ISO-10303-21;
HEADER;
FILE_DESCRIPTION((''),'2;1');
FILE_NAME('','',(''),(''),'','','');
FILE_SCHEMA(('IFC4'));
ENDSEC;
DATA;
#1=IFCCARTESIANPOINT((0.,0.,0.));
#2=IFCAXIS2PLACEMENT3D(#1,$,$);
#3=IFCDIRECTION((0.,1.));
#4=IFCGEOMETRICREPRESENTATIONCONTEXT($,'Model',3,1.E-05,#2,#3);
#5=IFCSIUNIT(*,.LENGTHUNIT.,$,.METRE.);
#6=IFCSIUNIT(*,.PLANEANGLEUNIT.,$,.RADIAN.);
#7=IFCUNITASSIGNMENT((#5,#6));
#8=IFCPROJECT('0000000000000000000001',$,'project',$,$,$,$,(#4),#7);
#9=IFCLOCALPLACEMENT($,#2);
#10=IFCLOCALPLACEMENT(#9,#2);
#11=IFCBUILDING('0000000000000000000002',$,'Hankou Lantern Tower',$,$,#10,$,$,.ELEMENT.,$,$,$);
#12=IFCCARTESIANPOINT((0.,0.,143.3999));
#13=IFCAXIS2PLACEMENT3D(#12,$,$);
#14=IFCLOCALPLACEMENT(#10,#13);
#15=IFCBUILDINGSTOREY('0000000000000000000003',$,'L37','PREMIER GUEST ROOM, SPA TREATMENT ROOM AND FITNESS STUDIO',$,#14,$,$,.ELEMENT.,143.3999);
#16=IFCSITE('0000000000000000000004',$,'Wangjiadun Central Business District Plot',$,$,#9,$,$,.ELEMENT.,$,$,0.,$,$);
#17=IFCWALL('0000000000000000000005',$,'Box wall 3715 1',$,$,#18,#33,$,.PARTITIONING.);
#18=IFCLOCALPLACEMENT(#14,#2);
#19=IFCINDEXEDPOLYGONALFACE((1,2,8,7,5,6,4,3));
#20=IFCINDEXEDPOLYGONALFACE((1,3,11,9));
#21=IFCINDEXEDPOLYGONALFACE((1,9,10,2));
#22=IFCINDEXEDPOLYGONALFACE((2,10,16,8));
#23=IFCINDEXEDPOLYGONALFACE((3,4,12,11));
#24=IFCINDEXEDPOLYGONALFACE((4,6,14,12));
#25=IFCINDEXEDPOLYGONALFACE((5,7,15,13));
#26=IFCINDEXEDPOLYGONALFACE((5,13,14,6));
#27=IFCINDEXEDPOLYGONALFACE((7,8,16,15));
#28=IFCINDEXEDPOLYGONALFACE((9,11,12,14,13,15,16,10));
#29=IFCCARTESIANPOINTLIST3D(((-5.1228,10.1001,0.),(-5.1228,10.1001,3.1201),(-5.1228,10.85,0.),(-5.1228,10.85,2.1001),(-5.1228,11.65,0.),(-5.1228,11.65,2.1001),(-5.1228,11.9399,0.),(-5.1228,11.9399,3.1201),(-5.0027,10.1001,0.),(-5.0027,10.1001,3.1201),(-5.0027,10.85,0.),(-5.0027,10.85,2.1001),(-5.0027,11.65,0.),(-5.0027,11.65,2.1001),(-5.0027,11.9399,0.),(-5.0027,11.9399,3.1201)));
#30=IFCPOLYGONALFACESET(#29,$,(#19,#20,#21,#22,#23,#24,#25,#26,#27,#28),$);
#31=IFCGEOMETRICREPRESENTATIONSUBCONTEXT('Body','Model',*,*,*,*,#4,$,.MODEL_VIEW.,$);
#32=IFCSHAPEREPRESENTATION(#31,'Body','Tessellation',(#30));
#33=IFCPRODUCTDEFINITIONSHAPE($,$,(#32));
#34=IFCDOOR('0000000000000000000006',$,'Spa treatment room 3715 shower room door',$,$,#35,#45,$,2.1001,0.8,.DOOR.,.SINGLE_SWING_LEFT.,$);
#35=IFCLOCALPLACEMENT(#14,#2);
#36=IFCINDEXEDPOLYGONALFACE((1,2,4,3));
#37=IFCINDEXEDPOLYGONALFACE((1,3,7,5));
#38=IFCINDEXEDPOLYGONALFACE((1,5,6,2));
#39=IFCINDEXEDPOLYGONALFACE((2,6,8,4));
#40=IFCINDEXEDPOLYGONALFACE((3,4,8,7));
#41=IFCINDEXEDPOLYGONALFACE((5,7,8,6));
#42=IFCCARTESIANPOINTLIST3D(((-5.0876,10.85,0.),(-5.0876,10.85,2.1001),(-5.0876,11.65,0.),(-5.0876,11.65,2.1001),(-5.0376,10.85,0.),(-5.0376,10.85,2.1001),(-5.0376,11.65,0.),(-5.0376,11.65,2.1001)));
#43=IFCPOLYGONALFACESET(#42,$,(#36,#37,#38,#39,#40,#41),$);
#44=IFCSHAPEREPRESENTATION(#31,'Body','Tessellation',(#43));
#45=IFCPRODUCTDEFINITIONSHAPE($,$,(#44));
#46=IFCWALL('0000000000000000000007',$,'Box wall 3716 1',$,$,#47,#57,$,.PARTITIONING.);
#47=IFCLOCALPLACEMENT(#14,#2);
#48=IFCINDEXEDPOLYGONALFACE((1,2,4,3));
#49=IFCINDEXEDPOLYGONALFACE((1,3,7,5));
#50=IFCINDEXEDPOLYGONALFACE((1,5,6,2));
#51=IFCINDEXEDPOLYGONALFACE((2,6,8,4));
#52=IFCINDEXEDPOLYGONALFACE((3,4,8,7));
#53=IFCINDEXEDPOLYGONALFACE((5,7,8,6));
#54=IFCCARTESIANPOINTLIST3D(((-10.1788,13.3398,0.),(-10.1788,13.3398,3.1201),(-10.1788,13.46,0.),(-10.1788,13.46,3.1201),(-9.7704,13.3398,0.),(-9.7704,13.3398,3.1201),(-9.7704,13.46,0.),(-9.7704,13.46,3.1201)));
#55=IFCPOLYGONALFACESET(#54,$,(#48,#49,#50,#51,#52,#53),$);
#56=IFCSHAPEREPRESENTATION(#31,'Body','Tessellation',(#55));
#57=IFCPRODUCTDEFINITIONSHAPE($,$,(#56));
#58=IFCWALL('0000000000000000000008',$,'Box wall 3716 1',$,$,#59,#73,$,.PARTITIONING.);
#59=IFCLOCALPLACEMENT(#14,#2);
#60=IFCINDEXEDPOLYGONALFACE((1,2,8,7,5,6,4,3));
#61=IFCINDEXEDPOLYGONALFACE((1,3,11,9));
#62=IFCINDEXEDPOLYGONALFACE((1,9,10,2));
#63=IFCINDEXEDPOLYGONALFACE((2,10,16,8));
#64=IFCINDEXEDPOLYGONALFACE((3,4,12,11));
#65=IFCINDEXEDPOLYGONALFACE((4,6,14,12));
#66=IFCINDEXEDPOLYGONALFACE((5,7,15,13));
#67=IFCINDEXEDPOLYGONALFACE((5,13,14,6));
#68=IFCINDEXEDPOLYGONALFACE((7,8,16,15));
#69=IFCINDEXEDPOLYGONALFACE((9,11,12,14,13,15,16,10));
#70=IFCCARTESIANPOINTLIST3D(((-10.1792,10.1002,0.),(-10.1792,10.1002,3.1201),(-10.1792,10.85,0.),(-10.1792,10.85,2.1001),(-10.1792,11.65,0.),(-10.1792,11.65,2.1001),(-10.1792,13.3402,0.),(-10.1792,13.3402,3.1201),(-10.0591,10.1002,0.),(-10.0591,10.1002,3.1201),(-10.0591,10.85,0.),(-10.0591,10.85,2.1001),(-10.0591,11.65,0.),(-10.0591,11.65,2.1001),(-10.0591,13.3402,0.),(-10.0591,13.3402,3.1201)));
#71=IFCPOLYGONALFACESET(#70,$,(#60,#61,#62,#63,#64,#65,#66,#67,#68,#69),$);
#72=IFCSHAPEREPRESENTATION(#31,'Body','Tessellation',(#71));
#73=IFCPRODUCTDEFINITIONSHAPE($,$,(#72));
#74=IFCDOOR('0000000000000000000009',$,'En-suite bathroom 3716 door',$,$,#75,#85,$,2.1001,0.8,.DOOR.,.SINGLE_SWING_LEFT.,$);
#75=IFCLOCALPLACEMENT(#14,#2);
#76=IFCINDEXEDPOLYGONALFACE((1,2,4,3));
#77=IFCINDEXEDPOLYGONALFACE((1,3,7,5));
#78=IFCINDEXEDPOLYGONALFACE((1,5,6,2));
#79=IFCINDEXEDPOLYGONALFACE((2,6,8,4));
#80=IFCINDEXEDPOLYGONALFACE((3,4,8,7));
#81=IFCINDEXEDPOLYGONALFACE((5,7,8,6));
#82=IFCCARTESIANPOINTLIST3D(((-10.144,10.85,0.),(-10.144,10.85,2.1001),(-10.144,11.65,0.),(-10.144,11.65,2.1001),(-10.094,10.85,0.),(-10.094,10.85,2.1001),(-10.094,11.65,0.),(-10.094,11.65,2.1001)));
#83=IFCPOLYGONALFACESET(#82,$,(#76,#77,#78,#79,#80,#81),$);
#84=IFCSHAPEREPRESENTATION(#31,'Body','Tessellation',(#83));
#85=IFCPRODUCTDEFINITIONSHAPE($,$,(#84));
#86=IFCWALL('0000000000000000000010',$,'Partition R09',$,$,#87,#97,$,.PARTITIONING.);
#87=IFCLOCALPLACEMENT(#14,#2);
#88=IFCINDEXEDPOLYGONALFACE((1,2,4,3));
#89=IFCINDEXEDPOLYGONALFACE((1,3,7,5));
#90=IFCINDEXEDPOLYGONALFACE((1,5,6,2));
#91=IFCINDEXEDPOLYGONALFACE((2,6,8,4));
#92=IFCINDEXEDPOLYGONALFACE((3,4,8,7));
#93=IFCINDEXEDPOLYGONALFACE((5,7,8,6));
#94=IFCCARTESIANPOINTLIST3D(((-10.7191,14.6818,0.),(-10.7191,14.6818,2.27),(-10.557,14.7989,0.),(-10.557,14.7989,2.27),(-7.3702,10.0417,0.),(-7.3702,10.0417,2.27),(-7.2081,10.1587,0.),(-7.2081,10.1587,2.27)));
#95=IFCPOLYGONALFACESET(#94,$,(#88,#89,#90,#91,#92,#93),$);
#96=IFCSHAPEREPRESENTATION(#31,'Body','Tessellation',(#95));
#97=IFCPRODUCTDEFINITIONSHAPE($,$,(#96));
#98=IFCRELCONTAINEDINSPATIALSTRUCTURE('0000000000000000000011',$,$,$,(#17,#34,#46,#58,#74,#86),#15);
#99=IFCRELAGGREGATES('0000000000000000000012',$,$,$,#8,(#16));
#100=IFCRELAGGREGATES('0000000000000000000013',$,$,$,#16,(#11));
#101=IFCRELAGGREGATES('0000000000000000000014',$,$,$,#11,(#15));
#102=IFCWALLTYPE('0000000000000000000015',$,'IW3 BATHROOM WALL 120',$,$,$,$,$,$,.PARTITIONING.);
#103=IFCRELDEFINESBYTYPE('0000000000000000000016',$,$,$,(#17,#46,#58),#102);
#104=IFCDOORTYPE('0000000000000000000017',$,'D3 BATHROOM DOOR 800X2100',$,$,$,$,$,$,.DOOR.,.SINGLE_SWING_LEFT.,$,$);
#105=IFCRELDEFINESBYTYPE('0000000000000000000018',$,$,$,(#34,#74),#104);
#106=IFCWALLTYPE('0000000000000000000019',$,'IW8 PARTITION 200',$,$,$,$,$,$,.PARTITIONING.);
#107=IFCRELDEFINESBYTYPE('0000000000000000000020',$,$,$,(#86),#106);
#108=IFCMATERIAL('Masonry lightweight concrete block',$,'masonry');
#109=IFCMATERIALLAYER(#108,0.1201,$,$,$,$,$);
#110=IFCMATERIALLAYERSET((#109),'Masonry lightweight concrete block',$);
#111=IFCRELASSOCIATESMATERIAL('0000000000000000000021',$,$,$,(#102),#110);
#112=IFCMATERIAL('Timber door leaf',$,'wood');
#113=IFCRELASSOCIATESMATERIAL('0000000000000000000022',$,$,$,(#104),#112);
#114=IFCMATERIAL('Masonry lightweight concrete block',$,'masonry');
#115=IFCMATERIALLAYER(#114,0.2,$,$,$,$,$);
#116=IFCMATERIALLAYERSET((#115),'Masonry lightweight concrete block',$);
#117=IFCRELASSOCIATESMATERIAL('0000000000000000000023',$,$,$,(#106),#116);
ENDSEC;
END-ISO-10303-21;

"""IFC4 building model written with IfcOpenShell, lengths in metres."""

from ifc_helpers import new_model, si_unit, direction, frame, frame_2d, origin, place, context, subcontext, project, spatial, rectangle, extrude, material, layer, layer_set, type_object, element, fill, save


model = new_model("IFC4")

# Units and contexts
model_context = context("Model", 3, precision=1e-05, world=origin(), true_north=direction((0.0, 1.0)))
body_context = subcontext(model_context, "Body", "Model", "MODEL_VIEW")
ifc_project = project(units=[si_unit("LENGTHUNIT", "METRE"), si_unit("PLANEANGLEUNIT", "RADIAN")], contexts=[model_context])

# Site, building, storey
site_placement = place(None, origin())
site = spatial("IfcSite", under=ifc_project, at=site_placement, Name="Wangjiadun Central Business District Plot", CompositionType="ELEMENT", RefElevation=0.0)
building_placement = place(site_placement, origin())
building = spatial("IfcBuilding", under=site, at=building_placement, Name="Hankou Lantern Tower", CompositionType="ELEMENT")
storey_placement = place(building_placement, frame((0.0, 0.0, 143.3999)))
storey = spatial("IfcBuildingStorey", under=building, at=storey_placement, Name="L37", Description="PREMIER GUEST ROOM, SPA TREATMENT ROOM AND FITNESS STUDIO", CompositionType="ELEMENT", Elevation=143.3999)

# Shared definitions
ifc_material_1 = material(Name="Masonry lightweight concrete block", Category="masonry")
ifc_layer_1 = layer(ifc_material_1, 0.1201)
ifc_layer_set_1 = layer_set([ifc_layer_1], Name="Masonry lightweight concrete block")
wall_type_1 = type_object("IfcWallType", Name="IW3 BATHROOM WALL 120", PredefinedType="PARTITIONING", material=ifc_layer_set_1)

# Wall, opening, door
wall_1_placement = place(storey_placement, frame((-5.0627, 10.1001, 0.0), z_axis=(0.0, 0.0, 1.0), x_axis=(0.0, 1.0, 0.0)))
wall_1 = element("IfcWall", 1, at=wall_1_placement, inside=storey, type_object=wall_type_1, Name="Box wall 3715 1", PredefinedType="PARTITIONING", context=body_context, shape_type="SweptSolid", body=[
    extrude(rectangle(XDim=1.8398, YDim=0.1201, at=frame_2d((0.9199, 0.0))), origin(), (0.0, 0.0, 1.0), 3.1201),
])
opening_1_placement = place(wall_1_placement, frame((0.75, 0.0, 0.0)))
opening_1 = element("IfcOpeningElement", 2, at=opening_1_placement, cuts=wall_1, PredefinedType="OPENING", context=body_context, shape_type="SweptSolid", body=[
    extrude(rectangle(XDim=0.8, YDim=2.1001, at=frame_2d((0.3999, 1.05))), frame((0.0, 0.0701, 0.0), z_axis=(0.0, -1.0, 0.0), x_axis=(1.0, 0.0, 0.0)), (0.0, 0.0, 1.0), 0.1401),
])
ifc_material_2 = material(Name="Timber door leaf", Category="wood")
door_type_1 = type_object("IfcDoorType", Name="D3 BATHROOM DOOR 800X2100", OperationType="SINGLE_SWING_LEFT", PredefinedType="DOOR", material=ifc_material_2)
door_1_placement = place(opening_1_placement, origin())
door_1 = element("IfcDoor", 3, at=door_1_placement, inside=storey, type_object=door_type_1, Name="Spa treatment room 3715 shower room door", OperationType="SINGLE_SWING_LEFT", OverallHeight=2.1001, OverallWidth=0.8, PredefinedType="DOOR", context=body_context, shape_type="SweptSolid", body=[
    extrude(rectangle(XDim=0.8, YDim=2.1001, at=frame_2d((0.3999, 1.05))), frame((0.0, 0.0249, 0.0), z_axis=(0.0, -1.0, 0.0), x_axis=(1.0, 0.0, 0.0)), (0.0, 0.0, 1.0), 0.05),
])
fill(opening_1, door_1)

# Wall
wall_2_placement = place(storey_placement, frame((-9.7705, 13.3999, 0.0), z_axis=(0.0, 0.0, 1.0), x_axis=(-1.0, 0.0, 0.0)))
element("IfcWall", 4, at=wall_2_placement, inside=storey, type_object=wall_type_1, Name="Box wall 3716 1", PredefinedType="PARTITIONING", context=body_context, shape_type="SweptSolid", body=[
    extrude(rectangle(XDim=0.4084, YDim=0.1201, at=frame_2d((0.2041, 0.0))), origin(), (0.0, 0.0, 1.0), 3.1201),
])

# Wall, opening, door
wall_3_placement = place(storey_placement, frame((-10.1191, 10.1001, 0.0), z_axis=(0.0, 0.0, 1.0), x_axis=(0.0, 1.0, 0.0)))
wall_3 = element("IfcWall", 5, at=wall_3_placement, inside=storey, type_object=wall_type_1, Name="Box wall 3716 1", PredefinedType="PARTITIONING", context=body_context, shape_type="SweptSolid", body=[
    extrude(rectangle(XDim=3.24, YDim=0.1201, at=frame_2d((1.6201, 0.0))), origin(), (0.0, 0.0, 1.0), 3.1201),
])
opening_2_placement = place(wall_3_placement, frame((0.75, 0.0, 0.0)))
opening_2 = element("IfcOpeningElement", 6, at=opening_2_placement, cuts=wall_3, PredefinedType="OPENING", context=body_context, shape_type="SweptSolid", body=[
    extrude(rectangle(XDim=0.8, YDim=2.1001, at=frame_2d((0.3999, 1.05))), frame((0.0, 0.0701, 0.0), z_axis=(0.0, -1.0, 0.0), x_axis=(1.0, 0.0, 0.0)), (0.0, 0.0, 1.0), 0.1401),
])
door_2_placement = place(opening_2_placement, origin())
door_2 = element("IfcDoor", 7, at=door_2_placement, inside=storey, type_object=door_type_1, Name="En-suite bathroom 3716 door", OperationType="SINGLE_SWING_LEFT", OverallHeight=2.1001, OverallWidth=0.8, PredefinedType="DOOR", context=body_context, shape_type="SweptSolid", body=[
    extrude(rectangle(XDim=0.8, YDim=2.1001, at=frame_2d((0.3999, 1.05))), frame((0.0, 0.0249, 0.0), z_axis=(0.0, -1.0, 0.0), x_axis=(1.0, 0.0, 0.0)), (0.0, 0.0, 1.0), 0.05),
])
fill(opening_2, door_2)

# Wall
ifc_material_3 = material(Name="Masonry lightweight concrete block", Category="masonry")
ifc_layer_2 = layer(ifc_material_3, 0.2)
ifc_layer_set_2 = layer_set([ifc_layer_2], Name="Masonry lightweight concrete block")
wall_type_2 = type_object("IfcWallType", Name="IW8 PARTITION 200", PredefinedType="PARTITIONING", material=ifc_layer_set_2)
wall_4_placement = place(storey_placement, frame((-7.2891, 10.1001, 0.0), z_axis=(0.0, 0.0, 1.0), x_axis=(-0.585223, 0.810873, 0.0)))
element("IfcWall", 8, at=wall_4_placement, inside=storey, type_object=wall_type_2, Name="Partition R09", PredefinedType="PARTITIONING", context=body_context, shape_type="SweptSolid", body=[
    extrude(rectangle(XDim=5.7224, YDim=0.2, at=frame_2d((2.8613, 0.0))), origin(), (0.0, 0.0, 1.0), 2.27),
])

save(model, "model.ifc")
